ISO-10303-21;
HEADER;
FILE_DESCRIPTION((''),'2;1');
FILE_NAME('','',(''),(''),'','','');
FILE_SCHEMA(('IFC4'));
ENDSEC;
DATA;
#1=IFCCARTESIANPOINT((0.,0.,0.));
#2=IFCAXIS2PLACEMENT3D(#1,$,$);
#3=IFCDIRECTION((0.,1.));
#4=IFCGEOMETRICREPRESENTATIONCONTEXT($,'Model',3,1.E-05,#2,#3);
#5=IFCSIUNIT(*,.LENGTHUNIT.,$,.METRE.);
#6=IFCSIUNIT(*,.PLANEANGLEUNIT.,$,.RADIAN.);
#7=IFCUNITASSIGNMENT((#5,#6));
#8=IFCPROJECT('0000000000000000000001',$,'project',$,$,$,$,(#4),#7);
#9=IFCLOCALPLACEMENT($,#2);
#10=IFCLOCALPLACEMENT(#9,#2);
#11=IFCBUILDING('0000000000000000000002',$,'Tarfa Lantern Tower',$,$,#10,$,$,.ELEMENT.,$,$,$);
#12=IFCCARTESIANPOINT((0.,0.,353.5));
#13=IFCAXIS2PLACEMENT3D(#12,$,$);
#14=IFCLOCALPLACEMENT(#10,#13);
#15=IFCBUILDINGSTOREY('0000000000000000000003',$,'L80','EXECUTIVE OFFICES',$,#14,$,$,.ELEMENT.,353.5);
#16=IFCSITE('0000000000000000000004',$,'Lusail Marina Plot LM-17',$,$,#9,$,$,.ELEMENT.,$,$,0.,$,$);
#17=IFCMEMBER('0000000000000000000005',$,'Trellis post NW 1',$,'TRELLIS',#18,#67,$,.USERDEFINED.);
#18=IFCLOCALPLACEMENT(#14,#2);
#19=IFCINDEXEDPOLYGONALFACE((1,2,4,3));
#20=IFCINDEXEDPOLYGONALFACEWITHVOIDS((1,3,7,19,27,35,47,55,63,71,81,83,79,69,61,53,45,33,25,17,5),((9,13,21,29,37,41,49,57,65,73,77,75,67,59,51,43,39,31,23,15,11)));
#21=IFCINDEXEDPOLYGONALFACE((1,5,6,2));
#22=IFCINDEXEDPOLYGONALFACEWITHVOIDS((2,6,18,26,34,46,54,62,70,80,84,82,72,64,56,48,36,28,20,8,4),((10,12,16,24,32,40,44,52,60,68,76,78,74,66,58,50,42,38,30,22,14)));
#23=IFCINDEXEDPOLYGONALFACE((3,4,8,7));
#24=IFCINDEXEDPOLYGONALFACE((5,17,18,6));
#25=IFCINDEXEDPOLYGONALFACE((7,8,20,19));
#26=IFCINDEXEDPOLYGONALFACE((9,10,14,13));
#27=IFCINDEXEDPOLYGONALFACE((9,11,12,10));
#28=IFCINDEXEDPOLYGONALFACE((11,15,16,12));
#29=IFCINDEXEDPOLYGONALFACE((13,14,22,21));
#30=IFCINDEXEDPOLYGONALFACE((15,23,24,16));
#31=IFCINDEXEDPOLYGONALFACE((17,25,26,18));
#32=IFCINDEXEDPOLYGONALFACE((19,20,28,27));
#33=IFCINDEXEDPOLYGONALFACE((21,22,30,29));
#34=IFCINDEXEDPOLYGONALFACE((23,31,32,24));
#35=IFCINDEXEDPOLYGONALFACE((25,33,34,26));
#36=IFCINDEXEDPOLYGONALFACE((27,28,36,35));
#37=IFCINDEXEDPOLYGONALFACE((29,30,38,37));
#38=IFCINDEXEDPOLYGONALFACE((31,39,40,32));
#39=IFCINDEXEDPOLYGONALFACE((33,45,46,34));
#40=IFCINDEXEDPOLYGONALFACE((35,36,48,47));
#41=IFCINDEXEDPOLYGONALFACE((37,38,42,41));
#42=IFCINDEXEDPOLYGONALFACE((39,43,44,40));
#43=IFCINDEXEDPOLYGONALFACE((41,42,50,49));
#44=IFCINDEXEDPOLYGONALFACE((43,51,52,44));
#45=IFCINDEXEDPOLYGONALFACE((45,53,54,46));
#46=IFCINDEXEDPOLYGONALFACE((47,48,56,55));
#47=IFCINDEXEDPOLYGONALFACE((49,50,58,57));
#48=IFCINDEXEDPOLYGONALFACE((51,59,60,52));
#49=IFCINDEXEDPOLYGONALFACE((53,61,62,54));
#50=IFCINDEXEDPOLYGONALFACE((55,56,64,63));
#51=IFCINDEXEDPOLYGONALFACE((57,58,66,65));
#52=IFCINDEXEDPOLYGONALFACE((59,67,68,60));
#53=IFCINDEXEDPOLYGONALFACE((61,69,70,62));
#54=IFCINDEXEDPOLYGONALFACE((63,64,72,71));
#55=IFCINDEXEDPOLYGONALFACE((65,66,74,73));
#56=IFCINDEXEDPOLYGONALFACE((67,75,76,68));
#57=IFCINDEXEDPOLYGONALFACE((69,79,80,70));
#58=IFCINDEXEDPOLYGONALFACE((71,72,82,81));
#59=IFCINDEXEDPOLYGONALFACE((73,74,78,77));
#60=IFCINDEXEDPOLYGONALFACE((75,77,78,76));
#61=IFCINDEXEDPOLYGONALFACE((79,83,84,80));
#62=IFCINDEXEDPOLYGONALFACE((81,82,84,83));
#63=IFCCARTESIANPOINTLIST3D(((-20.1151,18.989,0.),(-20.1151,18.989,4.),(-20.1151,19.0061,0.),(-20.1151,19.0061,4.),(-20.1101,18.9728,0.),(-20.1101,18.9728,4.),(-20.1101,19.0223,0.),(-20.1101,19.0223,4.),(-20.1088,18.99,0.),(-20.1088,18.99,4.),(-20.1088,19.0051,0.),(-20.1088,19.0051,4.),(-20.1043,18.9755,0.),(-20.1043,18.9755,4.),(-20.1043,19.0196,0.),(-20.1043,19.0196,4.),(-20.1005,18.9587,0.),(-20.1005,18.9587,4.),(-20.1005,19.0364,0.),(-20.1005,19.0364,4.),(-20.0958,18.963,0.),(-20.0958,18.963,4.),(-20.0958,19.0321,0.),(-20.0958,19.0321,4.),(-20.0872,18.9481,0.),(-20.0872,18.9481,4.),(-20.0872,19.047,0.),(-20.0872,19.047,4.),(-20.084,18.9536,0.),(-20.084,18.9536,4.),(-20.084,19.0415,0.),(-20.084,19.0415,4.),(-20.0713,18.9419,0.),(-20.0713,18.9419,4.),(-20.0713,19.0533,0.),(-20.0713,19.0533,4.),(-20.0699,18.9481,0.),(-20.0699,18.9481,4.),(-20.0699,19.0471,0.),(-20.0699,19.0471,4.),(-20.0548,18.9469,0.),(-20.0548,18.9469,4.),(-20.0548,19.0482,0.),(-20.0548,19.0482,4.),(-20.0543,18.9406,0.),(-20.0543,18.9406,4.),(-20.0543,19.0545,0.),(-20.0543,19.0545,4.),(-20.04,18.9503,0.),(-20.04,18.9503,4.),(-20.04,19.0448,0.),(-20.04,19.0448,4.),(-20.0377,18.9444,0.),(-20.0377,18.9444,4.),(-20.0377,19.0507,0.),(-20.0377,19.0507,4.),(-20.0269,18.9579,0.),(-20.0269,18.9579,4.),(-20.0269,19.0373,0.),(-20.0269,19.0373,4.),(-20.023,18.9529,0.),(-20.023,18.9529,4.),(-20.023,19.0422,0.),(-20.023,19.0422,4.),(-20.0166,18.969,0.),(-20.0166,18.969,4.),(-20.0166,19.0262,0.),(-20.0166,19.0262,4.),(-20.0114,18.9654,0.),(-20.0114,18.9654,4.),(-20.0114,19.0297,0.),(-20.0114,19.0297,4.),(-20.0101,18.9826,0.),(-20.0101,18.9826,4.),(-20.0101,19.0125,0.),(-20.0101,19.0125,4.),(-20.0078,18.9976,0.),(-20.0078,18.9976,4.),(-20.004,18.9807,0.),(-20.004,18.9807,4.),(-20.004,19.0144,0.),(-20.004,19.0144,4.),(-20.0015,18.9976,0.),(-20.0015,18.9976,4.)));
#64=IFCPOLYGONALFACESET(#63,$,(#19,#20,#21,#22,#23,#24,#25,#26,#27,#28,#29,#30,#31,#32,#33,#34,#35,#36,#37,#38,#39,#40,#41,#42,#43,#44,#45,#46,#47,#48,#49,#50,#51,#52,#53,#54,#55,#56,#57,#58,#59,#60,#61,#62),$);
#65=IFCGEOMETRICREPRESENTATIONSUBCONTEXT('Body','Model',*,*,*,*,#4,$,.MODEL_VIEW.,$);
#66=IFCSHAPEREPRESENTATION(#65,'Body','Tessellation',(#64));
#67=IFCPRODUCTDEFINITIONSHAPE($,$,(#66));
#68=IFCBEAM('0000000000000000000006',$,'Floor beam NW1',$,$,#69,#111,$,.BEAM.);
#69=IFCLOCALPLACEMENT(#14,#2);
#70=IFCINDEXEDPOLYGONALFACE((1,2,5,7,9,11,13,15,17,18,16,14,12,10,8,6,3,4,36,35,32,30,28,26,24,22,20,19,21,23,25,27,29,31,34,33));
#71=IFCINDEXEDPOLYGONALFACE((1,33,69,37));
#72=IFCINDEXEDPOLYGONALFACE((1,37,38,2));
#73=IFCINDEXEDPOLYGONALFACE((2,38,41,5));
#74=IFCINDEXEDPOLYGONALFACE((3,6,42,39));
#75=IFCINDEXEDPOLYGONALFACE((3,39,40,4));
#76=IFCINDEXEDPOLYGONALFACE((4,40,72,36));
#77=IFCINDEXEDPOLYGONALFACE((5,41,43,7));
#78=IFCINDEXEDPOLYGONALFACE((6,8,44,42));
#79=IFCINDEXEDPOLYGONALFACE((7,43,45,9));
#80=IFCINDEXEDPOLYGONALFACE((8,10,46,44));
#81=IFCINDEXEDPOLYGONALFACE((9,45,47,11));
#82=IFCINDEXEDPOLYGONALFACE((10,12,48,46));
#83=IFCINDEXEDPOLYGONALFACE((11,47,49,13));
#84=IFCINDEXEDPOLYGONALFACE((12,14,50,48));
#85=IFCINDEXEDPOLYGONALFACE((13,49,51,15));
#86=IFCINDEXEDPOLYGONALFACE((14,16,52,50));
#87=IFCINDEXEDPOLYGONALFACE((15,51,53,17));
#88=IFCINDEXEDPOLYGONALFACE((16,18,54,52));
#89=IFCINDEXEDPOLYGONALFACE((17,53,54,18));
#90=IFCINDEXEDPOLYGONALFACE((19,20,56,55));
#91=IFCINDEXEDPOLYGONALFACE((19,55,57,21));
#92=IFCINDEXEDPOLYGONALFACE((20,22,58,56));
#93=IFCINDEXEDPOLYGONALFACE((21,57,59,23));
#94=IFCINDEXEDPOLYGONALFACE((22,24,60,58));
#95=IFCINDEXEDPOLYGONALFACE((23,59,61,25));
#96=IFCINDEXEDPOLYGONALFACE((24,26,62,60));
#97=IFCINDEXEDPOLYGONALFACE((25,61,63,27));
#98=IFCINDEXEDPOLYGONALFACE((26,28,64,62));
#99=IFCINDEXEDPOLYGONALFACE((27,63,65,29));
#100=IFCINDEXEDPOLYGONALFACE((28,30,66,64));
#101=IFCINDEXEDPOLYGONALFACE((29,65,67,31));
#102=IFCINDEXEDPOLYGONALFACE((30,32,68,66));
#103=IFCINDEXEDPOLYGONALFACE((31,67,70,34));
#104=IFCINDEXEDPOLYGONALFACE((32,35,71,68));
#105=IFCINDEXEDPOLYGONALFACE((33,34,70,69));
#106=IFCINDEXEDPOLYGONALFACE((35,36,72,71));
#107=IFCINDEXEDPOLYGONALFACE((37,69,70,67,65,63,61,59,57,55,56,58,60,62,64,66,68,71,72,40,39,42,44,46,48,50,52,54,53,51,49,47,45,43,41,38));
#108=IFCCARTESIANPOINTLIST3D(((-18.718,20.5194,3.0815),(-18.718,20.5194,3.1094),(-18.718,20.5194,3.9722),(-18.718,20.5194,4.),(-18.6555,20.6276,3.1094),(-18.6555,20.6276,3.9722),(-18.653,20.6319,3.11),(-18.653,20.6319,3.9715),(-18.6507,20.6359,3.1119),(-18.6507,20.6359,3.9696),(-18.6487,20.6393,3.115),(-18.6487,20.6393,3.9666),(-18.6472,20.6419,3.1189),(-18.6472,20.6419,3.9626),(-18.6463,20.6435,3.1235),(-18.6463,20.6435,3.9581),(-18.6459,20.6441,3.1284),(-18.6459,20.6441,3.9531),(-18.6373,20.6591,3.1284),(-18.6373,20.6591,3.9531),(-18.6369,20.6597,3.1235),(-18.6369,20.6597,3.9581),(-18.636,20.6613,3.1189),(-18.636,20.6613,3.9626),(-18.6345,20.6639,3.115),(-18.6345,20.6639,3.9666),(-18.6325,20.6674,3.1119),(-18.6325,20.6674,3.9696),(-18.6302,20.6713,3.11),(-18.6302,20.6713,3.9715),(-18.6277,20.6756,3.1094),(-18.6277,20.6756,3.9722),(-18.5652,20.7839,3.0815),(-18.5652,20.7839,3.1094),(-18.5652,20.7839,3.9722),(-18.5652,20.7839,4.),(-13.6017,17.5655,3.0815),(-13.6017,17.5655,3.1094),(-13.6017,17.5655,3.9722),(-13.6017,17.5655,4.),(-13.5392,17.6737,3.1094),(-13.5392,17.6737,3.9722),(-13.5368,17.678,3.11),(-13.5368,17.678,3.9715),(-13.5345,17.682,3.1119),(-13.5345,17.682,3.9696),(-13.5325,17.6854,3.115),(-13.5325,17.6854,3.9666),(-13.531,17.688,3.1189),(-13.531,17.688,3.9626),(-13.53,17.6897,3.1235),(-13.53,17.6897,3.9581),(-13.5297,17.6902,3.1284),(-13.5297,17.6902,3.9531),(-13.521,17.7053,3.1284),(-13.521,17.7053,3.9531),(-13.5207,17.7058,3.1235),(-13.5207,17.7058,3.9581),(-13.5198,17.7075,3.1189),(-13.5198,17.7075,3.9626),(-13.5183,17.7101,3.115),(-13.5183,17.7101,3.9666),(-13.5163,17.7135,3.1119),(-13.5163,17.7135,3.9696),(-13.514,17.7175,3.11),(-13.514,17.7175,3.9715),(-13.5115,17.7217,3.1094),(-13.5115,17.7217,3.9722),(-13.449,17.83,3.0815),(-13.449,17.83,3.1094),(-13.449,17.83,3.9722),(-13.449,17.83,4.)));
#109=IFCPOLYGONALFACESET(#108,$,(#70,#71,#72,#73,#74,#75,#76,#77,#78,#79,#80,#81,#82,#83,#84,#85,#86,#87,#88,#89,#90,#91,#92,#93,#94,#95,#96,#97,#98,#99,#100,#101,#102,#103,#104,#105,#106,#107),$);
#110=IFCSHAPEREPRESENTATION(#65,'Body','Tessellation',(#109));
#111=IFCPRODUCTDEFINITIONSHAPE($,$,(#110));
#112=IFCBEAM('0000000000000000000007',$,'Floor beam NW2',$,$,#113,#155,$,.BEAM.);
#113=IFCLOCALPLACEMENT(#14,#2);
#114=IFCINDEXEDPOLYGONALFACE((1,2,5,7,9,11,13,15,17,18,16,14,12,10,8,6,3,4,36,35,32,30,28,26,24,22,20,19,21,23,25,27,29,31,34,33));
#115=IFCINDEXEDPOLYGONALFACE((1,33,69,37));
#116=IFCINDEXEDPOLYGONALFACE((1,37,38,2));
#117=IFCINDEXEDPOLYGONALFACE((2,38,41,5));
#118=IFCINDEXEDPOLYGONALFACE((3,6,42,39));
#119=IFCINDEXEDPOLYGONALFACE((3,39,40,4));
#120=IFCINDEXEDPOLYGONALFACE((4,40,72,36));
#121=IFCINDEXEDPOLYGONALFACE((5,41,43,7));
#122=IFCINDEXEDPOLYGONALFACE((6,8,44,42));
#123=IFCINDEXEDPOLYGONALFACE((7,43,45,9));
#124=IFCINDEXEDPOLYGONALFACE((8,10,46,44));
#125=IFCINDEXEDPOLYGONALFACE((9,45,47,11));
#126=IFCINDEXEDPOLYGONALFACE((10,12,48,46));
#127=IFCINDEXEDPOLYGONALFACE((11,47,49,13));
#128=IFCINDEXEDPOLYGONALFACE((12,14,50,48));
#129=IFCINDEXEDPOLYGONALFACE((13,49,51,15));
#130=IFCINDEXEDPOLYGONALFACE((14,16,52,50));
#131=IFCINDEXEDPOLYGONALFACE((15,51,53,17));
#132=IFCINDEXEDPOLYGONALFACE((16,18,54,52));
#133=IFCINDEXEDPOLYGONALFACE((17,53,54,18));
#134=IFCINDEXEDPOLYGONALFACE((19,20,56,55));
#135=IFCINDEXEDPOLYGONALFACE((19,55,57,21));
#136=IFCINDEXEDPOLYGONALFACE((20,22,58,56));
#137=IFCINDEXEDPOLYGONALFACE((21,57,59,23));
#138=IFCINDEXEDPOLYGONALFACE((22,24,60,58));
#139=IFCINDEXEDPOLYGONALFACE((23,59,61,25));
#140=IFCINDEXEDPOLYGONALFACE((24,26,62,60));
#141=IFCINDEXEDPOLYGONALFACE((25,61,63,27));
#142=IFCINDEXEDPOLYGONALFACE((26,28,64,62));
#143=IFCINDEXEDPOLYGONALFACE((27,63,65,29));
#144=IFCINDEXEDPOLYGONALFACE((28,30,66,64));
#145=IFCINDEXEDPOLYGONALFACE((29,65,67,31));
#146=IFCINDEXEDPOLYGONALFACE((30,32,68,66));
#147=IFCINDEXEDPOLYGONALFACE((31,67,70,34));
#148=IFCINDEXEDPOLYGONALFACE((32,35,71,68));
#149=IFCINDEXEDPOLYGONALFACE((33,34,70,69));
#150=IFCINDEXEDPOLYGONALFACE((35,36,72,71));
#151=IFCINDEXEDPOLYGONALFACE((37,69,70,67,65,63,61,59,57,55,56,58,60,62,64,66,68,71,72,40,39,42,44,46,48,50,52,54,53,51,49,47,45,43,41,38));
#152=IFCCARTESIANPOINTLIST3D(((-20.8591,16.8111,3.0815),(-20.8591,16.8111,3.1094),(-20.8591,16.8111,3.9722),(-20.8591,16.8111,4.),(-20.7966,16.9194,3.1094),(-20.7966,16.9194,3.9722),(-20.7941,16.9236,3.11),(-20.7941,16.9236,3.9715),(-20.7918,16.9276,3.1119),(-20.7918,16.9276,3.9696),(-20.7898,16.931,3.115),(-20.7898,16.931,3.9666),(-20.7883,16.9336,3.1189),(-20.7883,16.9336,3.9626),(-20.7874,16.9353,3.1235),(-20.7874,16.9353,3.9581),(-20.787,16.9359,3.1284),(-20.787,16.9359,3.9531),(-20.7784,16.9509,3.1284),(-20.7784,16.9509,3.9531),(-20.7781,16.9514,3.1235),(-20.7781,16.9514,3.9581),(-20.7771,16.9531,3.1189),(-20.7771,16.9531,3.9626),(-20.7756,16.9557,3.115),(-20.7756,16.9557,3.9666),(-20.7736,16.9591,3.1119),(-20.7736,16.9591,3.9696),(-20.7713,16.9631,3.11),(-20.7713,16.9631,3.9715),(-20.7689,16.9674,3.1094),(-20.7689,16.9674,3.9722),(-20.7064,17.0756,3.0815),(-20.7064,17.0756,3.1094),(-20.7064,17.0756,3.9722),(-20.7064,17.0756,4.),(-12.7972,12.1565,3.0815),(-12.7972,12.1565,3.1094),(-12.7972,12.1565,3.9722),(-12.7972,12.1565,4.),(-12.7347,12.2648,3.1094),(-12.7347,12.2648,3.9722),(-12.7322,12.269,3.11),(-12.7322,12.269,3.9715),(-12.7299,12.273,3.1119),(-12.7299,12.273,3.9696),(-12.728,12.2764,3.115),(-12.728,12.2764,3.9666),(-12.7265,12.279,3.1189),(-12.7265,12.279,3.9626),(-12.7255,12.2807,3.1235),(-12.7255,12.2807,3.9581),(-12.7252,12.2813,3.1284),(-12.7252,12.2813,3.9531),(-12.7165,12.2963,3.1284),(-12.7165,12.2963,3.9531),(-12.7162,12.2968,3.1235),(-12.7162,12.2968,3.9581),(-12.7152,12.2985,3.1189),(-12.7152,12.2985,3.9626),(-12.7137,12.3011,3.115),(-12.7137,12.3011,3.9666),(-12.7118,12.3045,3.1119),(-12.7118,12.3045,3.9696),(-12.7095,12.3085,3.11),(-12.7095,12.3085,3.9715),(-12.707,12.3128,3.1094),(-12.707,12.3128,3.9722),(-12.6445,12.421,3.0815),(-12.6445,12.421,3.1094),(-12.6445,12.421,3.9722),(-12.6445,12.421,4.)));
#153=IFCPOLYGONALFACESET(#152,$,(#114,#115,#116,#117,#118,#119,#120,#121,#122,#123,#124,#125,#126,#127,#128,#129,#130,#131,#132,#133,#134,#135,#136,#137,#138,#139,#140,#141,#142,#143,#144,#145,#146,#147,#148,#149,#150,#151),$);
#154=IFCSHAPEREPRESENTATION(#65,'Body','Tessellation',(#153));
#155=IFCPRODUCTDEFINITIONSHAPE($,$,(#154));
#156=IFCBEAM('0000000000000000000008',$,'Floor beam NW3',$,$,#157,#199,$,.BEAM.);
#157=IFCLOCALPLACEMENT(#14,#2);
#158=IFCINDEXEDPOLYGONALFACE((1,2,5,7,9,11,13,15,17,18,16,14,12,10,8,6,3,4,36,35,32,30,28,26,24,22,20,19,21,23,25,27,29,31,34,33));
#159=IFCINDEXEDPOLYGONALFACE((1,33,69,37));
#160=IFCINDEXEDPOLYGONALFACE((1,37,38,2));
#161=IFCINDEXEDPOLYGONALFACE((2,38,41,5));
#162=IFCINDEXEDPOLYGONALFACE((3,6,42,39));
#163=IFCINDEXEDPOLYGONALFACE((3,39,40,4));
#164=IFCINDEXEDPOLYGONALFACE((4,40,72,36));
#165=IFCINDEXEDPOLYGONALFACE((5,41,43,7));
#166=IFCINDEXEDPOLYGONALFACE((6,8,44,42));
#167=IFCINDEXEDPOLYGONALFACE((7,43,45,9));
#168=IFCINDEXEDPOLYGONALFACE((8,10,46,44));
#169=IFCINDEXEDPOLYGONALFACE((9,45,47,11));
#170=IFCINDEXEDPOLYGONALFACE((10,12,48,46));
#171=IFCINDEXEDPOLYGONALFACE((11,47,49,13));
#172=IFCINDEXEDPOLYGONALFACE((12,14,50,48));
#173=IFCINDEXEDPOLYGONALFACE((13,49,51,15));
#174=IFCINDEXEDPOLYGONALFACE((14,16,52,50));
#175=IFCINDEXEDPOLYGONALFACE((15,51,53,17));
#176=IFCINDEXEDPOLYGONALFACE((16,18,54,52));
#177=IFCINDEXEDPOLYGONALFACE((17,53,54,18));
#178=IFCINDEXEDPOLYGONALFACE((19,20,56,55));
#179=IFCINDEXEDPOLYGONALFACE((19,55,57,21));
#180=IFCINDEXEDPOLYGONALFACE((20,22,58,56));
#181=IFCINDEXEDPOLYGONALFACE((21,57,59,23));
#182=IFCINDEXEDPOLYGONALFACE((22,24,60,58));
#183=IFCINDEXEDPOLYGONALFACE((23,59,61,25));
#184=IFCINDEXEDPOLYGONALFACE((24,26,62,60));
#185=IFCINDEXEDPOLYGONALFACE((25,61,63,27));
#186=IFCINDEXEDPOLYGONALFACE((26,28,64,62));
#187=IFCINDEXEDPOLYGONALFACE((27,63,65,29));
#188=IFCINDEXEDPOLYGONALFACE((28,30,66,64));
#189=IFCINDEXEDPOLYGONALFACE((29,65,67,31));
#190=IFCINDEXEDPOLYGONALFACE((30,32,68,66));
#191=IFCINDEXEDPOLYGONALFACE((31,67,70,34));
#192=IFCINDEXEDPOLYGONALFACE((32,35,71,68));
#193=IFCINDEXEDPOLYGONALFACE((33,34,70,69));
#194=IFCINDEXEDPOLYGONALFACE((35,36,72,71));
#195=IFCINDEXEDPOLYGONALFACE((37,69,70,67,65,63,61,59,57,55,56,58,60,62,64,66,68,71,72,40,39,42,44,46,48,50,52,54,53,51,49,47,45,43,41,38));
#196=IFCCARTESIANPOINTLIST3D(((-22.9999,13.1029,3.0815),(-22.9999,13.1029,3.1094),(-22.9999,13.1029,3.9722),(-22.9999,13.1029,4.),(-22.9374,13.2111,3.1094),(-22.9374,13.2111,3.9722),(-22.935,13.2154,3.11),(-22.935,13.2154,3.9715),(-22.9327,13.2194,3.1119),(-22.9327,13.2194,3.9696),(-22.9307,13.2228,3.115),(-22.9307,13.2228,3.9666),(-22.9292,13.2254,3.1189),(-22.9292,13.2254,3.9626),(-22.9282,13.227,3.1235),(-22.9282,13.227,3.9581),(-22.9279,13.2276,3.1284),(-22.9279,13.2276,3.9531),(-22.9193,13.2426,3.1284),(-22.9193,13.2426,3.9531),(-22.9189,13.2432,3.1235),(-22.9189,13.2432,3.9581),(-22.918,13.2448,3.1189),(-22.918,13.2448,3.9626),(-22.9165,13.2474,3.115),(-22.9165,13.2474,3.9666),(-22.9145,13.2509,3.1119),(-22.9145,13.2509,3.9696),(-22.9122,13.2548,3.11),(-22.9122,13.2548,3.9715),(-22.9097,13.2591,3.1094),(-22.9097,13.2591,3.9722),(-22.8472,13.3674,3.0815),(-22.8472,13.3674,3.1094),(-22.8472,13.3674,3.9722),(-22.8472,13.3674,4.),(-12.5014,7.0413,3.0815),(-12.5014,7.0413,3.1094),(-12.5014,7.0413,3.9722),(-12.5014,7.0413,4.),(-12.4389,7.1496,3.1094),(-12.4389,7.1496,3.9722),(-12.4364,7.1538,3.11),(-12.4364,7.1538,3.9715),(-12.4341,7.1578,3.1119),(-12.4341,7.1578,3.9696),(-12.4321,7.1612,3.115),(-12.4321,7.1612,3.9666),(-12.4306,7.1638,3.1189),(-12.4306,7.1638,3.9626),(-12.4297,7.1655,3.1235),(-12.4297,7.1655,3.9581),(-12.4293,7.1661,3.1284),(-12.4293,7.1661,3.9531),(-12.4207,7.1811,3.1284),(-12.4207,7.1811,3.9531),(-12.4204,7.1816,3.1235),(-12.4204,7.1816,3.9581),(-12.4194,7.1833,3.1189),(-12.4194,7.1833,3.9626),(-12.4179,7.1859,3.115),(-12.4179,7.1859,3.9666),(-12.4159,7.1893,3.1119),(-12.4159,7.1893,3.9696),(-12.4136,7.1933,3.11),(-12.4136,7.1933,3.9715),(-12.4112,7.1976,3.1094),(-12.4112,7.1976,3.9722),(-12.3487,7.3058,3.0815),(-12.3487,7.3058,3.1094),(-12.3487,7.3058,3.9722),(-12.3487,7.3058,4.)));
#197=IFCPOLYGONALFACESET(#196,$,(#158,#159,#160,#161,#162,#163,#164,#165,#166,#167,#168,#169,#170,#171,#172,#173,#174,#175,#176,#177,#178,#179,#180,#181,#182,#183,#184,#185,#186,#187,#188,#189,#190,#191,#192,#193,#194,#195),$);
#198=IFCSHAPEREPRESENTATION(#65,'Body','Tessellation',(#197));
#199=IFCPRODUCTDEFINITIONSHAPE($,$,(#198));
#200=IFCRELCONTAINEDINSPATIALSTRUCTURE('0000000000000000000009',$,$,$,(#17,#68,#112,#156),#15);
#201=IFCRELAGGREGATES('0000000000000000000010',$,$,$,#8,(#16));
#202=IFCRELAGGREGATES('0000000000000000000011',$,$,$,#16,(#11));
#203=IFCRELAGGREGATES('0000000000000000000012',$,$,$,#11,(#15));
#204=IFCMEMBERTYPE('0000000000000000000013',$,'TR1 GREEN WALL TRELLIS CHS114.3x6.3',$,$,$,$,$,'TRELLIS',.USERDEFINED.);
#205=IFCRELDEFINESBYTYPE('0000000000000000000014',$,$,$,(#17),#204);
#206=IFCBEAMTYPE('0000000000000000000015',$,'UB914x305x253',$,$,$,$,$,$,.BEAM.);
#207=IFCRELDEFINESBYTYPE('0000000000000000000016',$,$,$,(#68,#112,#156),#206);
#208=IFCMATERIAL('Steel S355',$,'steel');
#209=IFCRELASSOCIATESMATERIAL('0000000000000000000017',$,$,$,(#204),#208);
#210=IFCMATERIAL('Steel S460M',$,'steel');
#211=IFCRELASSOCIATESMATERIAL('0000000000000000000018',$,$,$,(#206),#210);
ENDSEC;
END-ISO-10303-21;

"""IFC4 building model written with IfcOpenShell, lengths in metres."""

from ifc_helpers import new_model, si_unit, direction, frame, origin, origin_2d, place, context, subcontext, project, spatial, hollow_circle, i_section, extrude, material, material_profile, profile_set, type_object, element, save


model = new_model("IFC4")

# Units and contexts
model_context = context("Model", 3, precision=1e-05, world=origin(), true_north=direction((0.0, 1.0)))
body_context = subcontext(model_context, "Body", "Model", "MODEL_VIEW")
ifc_project = project(units=[si_unit("LENGTHUNIT", "METRE"), si_unit("PLANEANGLEUNIT", "RADIAN")], contexts=[model_context])

# Site, building, storey
site_placement = place(None, origin())
site = spatial("IfcSite", under=ifc_project, at=site_placement, Name="Lusail Marina Plot LM-17", CompositionType="ELEMENT", RefElevation=0.0)
building_placement = place(site_placement, origin())
building = spatial("IfcBuilding", under=site, at=building_placement, Name="Tarfa Lantern Tower", CompositionType="ELEMENT")
storey_placement = place(building_placement, frame((0.0, 0.0, 353.5)))
storey = spatial("IfcBuildingStorey", under=building, at=storey_placement, Name="L80", Description="EXECUTIVE OFFICES", CompositionType="ELEMENT", Elevation=353.5)

# Member
ifc_material_1 = material(Name="Steel S355", Category="steel")
ifc_material_profile_1 = material_profile(ifc_material_1, hollow_circle(Radius=0.0571, WallThickness=0.0063, at=origin_2d()), Name="CHS114.3x6.3")
ifc_profile_set_1 = profile_set([ifc_material_profile_1], Name="Steel S355")
member_type_1 = type_object("IfcMemberType", Name="TR1 GREEN WALL TRELLIS CHS114.3x6.3", ElementType="TRELLIS", PredefinedType="USERDEFINED", material=ifc_profile_set_1)
member_1_placement = place(storey_placement, frame((-20.0586, 18.9976, 0.0), z_axis=(0.0, 0.0, 1.0), x_axis=(1.0, 0.0, 0.0)))
element("IfcMember", 1, at=member_1_placement, inside=storey, type_object=member_type_1, Name="Trellis post NW 1", ObjectType="TRELLIS", PredefinedType="USERDEFINED", context=body_context, shape_type="SweptSolid", body=[
    extrude(hollow_circle(Radius=0.0571, WallThickness=0.0063, at=origin_2d()), origin(), (0.0, 0.0, 1.0), 4.0),
])

# Beams
ifc_material_2 = material(Name="Steel S460M", Category="steel")
ifc_material_profile_2 = material_profile(ifc_material_2, i_section(OverallWidth=0.3054, OverallDepth=0.9185, WebThickness=0.0173, FlangeThickness=0.0278, FilletRadius=0.019, at=origin_2d()), Name="UB914x305x253")
ifc_profile_set_2 = profile_set([ifc_material_profile_2], Name="Steel S460M")
beam_type_1 = type_object("IfcBeamType", Name="UB914x305x253", PredefinedType="BEAM", material=ifc_profile_set_2)
beam_1_placement = place(storey_placement, frame((-18.6416, 20.6516, 3.5408), z_axis=(0.866025, -0.500001, 0.0), x_axis=(0.500001, 0.866025, 0.0)))
element("IfcBeam", 2, at=beam_1_placement, inside=storey, type_object=beam_type_1, Name="Floor beam NW1", PredefinedType="BEAM", context=body_context, shape_type="SweptSolid", body=[
    extrude(i_section(OverallWidth=0.3054, OverallDepth=0.9185, WebThickness=0.0173, FlangeThickness=0.0278, FilletRadius=0.019, at=origin_2d()), origin(), (0.0, 0.0, 1.0), 5.9077),
])
beam_2_placement = place(storey_placement, frame((-20.7827, 16.9434, 3.5408), z_axis=(0.866022, -0.500006, 0.0), x_axis=(0.500006, 0.866022, 0.0)))
element("IfcBeam", 3, at=beam_2_placement, inside=storey, type_object=beam_type_1, Name="Floor beam NW2", PredefinedType="BEAM", context=body_context, shape_type="SweptSolid", body=[
    extrude(i_section(OverallWidth=0.3054, OverallDepth=0.9185, WebThickness=0.0173, FlangeThickness=0.0278, FilletRadius=0.019, at=origin_2d()), origin(), (0.0, 0.0, 1.0), 9.3091),
])
beam_3_placement = place(storey_placement, frame((-22.9236, 13.2351, 3.5408), z_axis=(0.866019, -0.500012, 0.0), x_axis=(0.500012, 0.866019, 0.0)))
element("IfcBeam", 4, at=beam_3_placement, inside=storey, type_object=beam_type_1, Name="Floor beam NW3", PredefinedType="BEAM", context=body_context, shape_type="SweptSolid", body=[
    extrude(i_section(OverallWidth=0.3054, OverallDepth=0.9185, WebThickness=0.0173, FlangeThickness=0.0278, FilletRadius=0.019, at=origin_2d()), origin(), (0.0, 0.0, 1.0), 12.1228),
])

save(model, "model.ifc")
